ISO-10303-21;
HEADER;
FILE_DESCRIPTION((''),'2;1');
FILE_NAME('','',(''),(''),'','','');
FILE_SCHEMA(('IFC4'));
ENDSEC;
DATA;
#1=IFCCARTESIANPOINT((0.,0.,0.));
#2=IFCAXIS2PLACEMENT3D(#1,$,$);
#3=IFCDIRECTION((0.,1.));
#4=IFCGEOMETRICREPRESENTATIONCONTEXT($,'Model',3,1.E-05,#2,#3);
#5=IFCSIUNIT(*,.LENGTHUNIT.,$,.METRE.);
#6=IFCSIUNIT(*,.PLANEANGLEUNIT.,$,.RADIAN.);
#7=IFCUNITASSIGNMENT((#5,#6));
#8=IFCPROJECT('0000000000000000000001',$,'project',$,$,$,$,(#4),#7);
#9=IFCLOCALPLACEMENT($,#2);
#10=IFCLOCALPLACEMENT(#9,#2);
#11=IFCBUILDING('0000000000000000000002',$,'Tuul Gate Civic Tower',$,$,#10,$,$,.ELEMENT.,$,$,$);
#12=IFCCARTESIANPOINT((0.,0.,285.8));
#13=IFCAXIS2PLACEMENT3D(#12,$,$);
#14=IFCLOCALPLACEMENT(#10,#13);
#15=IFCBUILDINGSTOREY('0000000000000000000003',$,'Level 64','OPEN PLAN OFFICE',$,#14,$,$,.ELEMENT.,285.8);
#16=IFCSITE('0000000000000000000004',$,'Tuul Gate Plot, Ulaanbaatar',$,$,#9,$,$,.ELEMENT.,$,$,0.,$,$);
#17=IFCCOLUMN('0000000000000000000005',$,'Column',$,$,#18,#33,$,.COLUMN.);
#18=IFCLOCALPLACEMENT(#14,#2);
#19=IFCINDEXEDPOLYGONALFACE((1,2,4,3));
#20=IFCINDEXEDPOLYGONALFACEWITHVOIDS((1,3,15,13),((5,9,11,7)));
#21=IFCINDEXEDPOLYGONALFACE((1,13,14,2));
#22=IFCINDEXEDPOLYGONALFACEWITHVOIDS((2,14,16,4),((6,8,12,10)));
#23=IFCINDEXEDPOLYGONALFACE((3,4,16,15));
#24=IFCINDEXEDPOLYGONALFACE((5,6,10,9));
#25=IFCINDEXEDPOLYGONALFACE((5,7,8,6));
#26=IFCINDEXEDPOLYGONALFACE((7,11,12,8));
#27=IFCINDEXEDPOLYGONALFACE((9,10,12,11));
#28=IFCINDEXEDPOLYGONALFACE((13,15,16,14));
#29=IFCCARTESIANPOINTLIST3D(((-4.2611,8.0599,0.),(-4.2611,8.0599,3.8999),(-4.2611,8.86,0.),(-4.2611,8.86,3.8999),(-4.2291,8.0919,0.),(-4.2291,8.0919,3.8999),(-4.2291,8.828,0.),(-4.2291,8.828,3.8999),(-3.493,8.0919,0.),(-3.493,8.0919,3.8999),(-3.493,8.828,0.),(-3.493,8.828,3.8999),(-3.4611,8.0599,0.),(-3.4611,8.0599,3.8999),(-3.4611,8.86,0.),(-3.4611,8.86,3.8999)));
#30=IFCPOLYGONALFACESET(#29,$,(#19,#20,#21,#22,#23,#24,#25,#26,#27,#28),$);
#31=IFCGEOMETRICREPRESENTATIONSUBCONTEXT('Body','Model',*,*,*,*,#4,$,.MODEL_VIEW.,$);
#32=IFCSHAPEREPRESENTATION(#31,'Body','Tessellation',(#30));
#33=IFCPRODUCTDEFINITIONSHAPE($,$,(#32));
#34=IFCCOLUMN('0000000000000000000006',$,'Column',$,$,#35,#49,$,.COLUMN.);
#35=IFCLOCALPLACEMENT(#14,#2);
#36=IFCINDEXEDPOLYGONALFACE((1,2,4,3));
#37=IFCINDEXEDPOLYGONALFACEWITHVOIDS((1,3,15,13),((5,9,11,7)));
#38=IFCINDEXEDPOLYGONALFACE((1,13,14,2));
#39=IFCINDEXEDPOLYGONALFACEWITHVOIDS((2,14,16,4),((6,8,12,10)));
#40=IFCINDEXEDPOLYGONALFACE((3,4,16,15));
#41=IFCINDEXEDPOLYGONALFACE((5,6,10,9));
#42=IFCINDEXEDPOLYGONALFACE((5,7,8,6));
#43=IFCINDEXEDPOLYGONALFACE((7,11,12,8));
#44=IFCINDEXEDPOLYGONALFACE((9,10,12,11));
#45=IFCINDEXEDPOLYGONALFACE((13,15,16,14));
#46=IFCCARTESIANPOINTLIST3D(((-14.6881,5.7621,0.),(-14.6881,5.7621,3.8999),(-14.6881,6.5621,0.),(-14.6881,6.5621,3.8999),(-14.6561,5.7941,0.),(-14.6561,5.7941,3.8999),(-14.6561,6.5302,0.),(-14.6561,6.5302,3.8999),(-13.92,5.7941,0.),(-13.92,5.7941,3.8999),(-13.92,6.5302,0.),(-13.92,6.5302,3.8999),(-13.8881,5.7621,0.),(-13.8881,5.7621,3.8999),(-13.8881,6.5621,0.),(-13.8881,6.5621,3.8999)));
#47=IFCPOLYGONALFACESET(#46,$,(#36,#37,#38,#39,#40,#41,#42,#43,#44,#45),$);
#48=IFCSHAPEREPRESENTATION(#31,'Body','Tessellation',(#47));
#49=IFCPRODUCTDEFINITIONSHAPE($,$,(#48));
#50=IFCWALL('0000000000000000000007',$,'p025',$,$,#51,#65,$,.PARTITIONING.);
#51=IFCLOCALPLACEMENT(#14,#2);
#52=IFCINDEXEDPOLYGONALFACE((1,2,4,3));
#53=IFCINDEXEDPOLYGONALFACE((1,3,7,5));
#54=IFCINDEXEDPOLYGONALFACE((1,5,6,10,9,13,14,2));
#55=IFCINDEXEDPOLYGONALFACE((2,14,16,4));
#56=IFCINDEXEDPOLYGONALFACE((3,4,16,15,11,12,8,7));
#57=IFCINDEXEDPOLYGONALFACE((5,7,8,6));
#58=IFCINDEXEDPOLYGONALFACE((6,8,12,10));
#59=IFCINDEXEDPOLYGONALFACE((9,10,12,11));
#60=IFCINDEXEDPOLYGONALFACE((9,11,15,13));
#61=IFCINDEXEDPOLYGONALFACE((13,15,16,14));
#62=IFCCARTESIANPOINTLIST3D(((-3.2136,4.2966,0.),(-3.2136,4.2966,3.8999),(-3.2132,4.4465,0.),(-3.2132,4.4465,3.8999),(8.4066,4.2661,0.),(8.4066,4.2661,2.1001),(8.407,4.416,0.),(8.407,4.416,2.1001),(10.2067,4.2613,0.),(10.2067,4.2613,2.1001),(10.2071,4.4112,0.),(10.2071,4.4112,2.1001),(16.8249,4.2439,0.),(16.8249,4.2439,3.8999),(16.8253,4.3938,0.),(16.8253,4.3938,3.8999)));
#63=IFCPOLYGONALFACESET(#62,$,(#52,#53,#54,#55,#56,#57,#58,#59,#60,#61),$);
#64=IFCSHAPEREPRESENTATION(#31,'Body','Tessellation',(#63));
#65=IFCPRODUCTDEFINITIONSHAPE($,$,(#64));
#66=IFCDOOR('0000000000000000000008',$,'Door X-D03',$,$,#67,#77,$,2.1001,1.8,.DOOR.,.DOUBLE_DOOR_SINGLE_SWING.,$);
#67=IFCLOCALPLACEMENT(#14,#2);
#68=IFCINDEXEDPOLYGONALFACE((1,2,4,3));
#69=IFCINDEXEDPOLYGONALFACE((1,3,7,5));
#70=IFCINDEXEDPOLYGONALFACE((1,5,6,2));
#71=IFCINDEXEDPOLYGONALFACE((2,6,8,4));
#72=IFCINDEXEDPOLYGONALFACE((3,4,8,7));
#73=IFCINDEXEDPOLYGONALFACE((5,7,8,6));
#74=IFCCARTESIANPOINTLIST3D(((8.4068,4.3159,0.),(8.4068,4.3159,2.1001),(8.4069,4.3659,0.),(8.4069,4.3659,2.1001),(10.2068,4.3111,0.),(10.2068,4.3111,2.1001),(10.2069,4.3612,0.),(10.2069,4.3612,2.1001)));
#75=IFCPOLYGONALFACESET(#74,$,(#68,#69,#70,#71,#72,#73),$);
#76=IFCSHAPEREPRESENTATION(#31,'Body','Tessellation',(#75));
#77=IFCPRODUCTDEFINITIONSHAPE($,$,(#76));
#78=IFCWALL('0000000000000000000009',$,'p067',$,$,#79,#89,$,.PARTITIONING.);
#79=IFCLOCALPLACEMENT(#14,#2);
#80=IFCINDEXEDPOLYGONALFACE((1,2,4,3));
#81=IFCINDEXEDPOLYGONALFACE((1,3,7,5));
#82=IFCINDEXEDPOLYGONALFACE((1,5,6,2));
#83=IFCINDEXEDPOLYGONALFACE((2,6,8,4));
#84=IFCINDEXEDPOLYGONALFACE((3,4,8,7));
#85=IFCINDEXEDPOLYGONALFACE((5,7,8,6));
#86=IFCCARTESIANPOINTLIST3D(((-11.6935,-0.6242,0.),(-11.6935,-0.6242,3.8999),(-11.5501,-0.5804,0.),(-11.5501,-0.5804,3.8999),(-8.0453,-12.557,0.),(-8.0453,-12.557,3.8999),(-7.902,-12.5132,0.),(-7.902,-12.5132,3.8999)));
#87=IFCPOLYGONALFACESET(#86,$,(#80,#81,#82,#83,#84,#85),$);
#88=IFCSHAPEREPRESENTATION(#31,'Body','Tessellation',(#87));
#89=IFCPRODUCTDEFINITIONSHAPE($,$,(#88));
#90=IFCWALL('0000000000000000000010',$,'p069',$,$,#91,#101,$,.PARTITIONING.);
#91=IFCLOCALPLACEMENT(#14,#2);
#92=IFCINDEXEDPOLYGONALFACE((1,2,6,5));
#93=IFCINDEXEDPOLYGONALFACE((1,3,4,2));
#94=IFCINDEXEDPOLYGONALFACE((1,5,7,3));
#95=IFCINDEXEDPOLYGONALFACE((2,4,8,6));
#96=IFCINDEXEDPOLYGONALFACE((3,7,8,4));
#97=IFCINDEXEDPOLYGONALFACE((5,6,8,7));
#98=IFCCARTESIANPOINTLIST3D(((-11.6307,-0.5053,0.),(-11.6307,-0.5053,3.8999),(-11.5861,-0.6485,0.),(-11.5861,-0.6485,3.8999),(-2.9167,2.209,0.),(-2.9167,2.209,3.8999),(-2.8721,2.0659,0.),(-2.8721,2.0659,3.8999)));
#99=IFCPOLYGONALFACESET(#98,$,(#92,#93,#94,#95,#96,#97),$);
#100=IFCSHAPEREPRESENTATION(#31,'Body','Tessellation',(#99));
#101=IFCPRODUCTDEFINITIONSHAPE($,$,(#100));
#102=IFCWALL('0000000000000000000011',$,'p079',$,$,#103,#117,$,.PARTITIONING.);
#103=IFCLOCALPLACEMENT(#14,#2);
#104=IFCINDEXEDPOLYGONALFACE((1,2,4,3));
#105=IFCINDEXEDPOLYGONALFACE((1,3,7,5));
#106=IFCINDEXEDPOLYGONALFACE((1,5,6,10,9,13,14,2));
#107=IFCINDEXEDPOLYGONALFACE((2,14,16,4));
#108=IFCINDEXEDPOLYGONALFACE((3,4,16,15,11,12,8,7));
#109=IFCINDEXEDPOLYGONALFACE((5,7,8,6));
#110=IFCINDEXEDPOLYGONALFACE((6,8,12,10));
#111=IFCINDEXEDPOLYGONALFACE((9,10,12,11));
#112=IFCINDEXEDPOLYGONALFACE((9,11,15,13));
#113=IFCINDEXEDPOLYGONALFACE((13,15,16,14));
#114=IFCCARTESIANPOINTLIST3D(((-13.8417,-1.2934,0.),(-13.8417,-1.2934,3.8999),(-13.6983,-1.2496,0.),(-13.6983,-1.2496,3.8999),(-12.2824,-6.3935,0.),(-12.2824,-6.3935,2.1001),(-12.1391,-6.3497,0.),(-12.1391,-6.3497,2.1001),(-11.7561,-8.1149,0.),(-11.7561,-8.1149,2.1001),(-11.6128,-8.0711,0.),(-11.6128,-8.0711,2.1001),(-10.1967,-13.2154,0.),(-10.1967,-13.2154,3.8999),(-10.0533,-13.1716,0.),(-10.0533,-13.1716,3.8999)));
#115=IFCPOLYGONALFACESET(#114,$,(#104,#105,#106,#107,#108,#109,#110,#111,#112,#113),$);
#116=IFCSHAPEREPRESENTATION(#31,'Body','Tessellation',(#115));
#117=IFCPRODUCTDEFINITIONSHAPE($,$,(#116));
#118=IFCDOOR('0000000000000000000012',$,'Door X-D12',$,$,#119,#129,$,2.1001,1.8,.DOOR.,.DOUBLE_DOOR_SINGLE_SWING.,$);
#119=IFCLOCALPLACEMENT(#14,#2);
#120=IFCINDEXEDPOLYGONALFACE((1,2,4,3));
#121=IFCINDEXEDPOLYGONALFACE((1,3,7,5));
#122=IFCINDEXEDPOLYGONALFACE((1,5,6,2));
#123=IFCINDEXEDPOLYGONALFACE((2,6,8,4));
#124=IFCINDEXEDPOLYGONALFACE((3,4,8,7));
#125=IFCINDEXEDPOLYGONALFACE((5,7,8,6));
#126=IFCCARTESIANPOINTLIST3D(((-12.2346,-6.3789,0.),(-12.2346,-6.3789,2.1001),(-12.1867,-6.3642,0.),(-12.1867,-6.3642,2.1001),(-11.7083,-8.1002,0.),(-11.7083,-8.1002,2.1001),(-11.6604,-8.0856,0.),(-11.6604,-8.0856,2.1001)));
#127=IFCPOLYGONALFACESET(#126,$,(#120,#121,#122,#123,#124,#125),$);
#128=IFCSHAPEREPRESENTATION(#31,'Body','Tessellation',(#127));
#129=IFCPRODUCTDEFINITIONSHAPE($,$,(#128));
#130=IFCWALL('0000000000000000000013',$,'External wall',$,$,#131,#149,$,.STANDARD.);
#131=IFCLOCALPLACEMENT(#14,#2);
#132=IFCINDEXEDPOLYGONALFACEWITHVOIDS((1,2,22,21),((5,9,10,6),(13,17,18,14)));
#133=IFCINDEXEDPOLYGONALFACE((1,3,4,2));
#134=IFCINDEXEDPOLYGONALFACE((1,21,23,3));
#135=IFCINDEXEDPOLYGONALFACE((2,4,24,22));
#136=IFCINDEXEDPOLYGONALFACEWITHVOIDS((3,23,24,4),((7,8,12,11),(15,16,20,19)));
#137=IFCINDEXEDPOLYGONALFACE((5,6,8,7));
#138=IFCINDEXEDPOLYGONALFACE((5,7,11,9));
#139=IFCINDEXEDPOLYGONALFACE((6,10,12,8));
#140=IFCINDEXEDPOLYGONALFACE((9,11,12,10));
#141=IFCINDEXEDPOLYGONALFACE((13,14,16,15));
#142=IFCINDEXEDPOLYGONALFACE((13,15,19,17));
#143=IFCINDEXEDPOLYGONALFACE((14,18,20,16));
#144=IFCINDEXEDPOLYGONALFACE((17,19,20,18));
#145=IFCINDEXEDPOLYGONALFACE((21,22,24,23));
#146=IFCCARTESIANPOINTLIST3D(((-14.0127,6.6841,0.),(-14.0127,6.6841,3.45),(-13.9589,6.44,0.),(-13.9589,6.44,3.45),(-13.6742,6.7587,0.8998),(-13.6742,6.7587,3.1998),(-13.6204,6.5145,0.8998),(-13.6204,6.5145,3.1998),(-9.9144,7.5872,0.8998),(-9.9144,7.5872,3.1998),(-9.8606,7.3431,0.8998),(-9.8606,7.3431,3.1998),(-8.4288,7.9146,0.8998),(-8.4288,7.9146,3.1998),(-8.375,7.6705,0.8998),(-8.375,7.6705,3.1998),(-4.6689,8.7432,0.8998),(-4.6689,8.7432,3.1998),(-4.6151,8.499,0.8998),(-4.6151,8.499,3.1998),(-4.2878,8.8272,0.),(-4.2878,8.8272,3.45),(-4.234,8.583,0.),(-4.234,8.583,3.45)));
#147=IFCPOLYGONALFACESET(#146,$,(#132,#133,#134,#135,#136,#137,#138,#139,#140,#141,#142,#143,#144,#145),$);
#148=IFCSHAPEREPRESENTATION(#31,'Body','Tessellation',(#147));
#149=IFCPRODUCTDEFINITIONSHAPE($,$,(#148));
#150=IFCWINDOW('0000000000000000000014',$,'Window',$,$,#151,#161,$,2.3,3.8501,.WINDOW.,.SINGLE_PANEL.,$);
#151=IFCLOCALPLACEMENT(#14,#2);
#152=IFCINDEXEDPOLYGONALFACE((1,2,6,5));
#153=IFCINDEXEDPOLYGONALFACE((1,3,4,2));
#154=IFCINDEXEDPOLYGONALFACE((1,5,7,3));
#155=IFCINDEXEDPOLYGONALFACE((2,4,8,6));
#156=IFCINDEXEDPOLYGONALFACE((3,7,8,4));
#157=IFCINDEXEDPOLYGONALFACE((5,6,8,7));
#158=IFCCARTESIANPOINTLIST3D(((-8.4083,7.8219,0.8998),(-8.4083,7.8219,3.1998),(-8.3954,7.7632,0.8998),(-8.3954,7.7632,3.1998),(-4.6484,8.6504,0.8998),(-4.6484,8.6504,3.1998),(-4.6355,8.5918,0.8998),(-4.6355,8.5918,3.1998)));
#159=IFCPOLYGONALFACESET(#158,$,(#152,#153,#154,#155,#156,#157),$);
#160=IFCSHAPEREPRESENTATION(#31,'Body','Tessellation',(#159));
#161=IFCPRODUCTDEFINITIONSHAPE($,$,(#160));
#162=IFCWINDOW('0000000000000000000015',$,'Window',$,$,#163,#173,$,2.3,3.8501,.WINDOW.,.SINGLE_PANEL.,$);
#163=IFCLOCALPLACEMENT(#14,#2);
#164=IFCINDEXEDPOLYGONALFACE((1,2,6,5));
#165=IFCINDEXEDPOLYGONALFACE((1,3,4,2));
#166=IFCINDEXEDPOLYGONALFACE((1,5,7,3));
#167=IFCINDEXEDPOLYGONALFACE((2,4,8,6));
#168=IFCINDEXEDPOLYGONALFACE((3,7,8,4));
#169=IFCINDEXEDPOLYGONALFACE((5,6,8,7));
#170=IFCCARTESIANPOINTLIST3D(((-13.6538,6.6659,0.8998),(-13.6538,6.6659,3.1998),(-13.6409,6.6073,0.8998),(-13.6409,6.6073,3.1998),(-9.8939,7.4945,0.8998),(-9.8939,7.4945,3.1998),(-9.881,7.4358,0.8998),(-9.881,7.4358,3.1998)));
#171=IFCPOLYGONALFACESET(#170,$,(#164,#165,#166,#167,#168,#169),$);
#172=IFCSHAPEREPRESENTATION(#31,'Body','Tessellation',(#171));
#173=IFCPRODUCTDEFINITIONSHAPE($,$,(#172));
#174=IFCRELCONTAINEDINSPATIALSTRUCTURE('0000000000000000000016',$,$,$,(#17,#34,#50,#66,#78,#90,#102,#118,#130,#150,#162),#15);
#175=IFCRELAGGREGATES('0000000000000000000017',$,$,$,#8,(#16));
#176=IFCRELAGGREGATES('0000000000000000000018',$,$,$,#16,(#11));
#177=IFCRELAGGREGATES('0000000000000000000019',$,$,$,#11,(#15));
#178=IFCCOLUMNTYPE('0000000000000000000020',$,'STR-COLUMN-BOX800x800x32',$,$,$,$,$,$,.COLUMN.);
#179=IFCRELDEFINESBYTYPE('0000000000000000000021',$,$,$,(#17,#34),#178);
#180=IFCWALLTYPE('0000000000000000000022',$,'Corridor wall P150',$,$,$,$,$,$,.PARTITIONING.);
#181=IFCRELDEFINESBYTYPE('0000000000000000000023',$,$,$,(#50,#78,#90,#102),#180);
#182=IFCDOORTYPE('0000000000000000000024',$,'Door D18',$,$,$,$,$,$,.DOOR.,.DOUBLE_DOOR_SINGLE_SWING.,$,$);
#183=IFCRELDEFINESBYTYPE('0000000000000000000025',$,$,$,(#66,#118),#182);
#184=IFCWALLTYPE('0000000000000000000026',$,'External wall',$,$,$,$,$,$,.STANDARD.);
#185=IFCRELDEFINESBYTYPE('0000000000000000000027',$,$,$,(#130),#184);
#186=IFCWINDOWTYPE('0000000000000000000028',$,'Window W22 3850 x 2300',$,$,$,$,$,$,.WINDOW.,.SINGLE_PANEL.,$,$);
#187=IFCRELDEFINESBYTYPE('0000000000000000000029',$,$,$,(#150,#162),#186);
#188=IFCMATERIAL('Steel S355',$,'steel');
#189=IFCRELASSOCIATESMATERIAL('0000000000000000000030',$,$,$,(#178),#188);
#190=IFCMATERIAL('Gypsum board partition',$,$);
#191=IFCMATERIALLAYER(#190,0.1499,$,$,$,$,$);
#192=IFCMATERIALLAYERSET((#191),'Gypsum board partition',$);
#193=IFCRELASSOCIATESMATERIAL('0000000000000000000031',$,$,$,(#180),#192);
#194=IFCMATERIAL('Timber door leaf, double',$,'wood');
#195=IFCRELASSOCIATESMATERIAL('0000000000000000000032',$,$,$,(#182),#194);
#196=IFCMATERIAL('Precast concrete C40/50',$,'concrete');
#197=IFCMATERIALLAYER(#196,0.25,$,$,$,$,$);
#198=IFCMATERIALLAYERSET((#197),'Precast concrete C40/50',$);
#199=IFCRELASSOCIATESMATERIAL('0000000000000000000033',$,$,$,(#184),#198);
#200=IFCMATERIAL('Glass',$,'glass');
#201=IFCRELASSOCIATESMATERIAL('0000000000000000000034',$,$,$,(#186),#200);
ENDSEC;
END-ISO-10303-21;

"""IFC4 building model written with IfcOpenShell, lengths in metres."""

from ifc_helpers import new_model, si_unit, direction, frame, frame_2d, origin, origin_2d, place, context, subcontext, project, spatial, rectangle, hollow_rectangle, extrude, material, layer, layer_set, material_profile, profile_set, type_object, element, fill, save


model = new_model("IFC4")

# Units and contexts
model_context = context("Model", 3, precision=1e-05, world=origin(), true_north=direction((0.0, 1.0)))
body_context = subcontext(model_context, "Body", "Model", "MODEL_VIEW")
ifc_project = project(units=[si_unit("LENGTHUNIT", "METRE"), si_unit("PLANEANGLEUNIT", "RADIAN")], contexts=[model_context])

# Site, building, storey
site_placement = place(None, origin())
site = spatial("IfcSite", under=ifc_project, at=site_placement, Name="Tuul Gate Plot, Ulaanbaatar", CompositionType="ELEMENT", RefElevation=0.0)
building_placement = place(site_placement, origin())
building = spatial("IfcBuilding", under=site, at=building_placement, Name="Tuul Gate Civic Tower", CompositionType="ELEMENT")
storey_placement = place(building_placement, frame((0.0, 0.0, 285.8)))
storey = spatial("IfcBuildingStorey", under=building, at=storey_placement, Name="Level 64", Description="OPEN PLAN OFFICE", CompositionType="ELEMENT", Elevation=285.8)

# Columns
ifc_material_1 = material(Name="Steel S355", Category="steel")
ifc_material_profile_1 = material_profile(ifc_material_1, hollow_rectangle(XDim=0.8, YDim=0.8, WallThickness=0.032, at=origin_2d()), Name="BOX800x800x32")
ifc_profile_set_1 = profile_set([ifc_material_profile_1], Name="Steel S355")
column_type = type_object("IfcColumnType", Name="STR-COLUMN-BOX800x800x32", PredefinedType="COLUMN", material=ifc_profile_set_1)
for number, where, z_axis, x_axis, name in (
    (1, (-3.8611, 8.46, 0.0), (0.0, 0.0, 1.0), (1.0, 0.0, 0.0), "Column"),
    (2, (-14.2881, 6.1621, 0.0), (0.0, 0.0, 1.0), (1.0, 0.0, 0.0), "Column"),
):
    element("IfcColumn", number, at=place(storey_placement, frame(where, z_axis=z_axis, x_axis=x_axis)), inside=storey, type_object=column_type, Name=name, PredefinedType="COLUMN", context=body_context, shape_type="SweptSolid", body=[
        extrude(hollow_rectangle(XDim=0.8, YDim=0.8, WallThickness=0.032, at=origin_2d()), origin(), (0.0, 0.0, 1.0), 3.8999),
    ])

# Wall, opening, door
ifc_material_2 = material(Name="Gypsum board partition")
ifc_layer_1 = layer(ifc_material_2, 0.1499)
ifc_layer_set_1 = layer_set([ifc_layer_1], Name="Gypsum board partition")
wall_type_1 = type_object("IfcWallType", Name="Corridor wall P150", PredefinedType="PARTITIONING", material=ifc_layer_set_1)
wall_1_placement = place(storey_placement, frame((-3.2134, 4.3716, 0.0), z_axis=(0.0, 0.0, 1.0), x_axis=(0.999997, -0.002632, 0.0)))
wall_1 = element("IfcWall", 3, at=wall_1_placement, inside=storey, type_object=wall_type_1, Name="p025", PredefinedType="PARTITIONING", context=body_context, shape_type="SweptSolid", body=[
    extrude(rectangle(XDim=20.0386, YDim=0.1499, at=frame_2d((10.0193, 0.0))), origin(), (0.0, 0.0, 1.0), 3.8999),
])
opening_1_placement = place(wall_1_placement, frame((11.6204, 0.0, 0.0)))
opening_1 = element("IfcOpeningElement", 4, at=opening_1_placement, cuts=wall_1, PredefinedType="OPENING", context=body_context, shape_type="SweptSolid", body=[
    extrude(rectangle(XDim=1.8, YDim=2.1001, at=frame_2d((0.8999, 1.05))), frame((0.0, 0.085, 0.0), z_axis=(0.0, -1.0, 0.0), x_axis=(1.0, 0.0, 0.0)), (0.0, 0.0, 1.0), 0.1699),
])
ifc_material_3 = material(Name="Timber door leaf, double", Category="wood")
door_type = type_object("IfcDoorType", Name="Door D18", OperationType="DOUBLE_DOOR_SINGLE_SWING", PredefinedType="DOOR", material=ifc_material_3)
door_1_placement = place(opening_1_placement, origin())
door_1 = element("IfcDoor", 5, at=door_1_placement, inside=storey, type_object=door_type, Name="Door X-D03", OperationType="DOUBLE_DOOR_SINGLE_SWING", OverallHeight=2.1001, OverallWidth=1.8, PredefinedType="DOOR", context=body_context, shape_type="SweptSolid", body=[
    extrude(rectangle(XDim=1.8, YDim=2.1001, at=frame_2d((0.8999, 1.05))), frame((0.0, 0.0249, 0.0), z_axis=(0.0, -1.0, 0.0), x_axis=(1.0, 0.0, 0.0)), (0.0, 0.0, 1.0), 0.05),
])
fill(opening_1, door_1)

# Walls
wall_2_placement = place(storey_placement, frame((-11.6218, -0.6023, 0.0), z_axis=(0.0, 0.0, 1.0), x_axis=(0.292368, -0.956306, 0.0)))
element("IfcWall", 6, at=wall_2_placement, inside=storey, type_object=wall_type_1, Name="p067", PredefinedType="PARTITIONING", context=body_context, shape_type="SweptSolid", body=[
    extrude(rectangle(XDim=12.478, YDim=0.1499, at=frame_2d((6.239, 0.0))), origin(), (0.0, 0.0, 1.0), 3.8999),
])
wall_3_placement = place(storey_placement, frame((-11.6084, -0.5769, 0.0), z_axis=(0.0, 0.0, 1.0), x_axis=(0.954752, 0.297404, 0.0)))
element("IfcWall", 7, at=wall_3_placement, inside=storey, type_object=wall_type_1, Name="p069", PredefinedType="PARTITIONING", context=body_context, shape_type="SweptSolid", body=[
    extrude(rectangle(XDim=9.127, YDim=0.1499, at=frame_2d((4.5635, 0.0))), origin(), (0.0, 0.0, 1.0), 3.8999),
])

# Wall, opening, door
wall_4_placement = place(storey_placement, frame((-13.77, -1.2715, 0.0), z_axis=(0.0, 0.0, 1.0), x_axis=(0.292376, -0.956303, 0.0)))
wall_4 = element("IfcWall", 8, at=wall_4_placement, inside=storey, type_object=wall_type_1, Name="p079", PredefinedType="PARTITIONING", context=body_context, shape_type="SweptSolid", body=[
    extrude(rectangle(XDim=12.4668, YDim=0.1499, at=frame_2d((6.2334, 0.0))), origin(), (0.0, 0.0, 1.0), 3.8999),
])
opening_2_placement = place(wall_4_placement, frame((5.3333, 0.0, 0.0)))
opening_2 = element("IfcOpeningElement", 9, at=opening_2_placement, cuts=wall_4, PredefinedType="OPENING", context=body_context, shape_type="SweptSolid", body=[
    extrude(rectangle(XDim=1.8, YDim=2.1001, at=frame_2d((0.8999, 1.05))), frame((0.0, 0.085, 0.0), z_axis=(0.0, -1.0, 0.0), x_axis=(1.0, 0.0, 0.0)), (0.0, 0.0, 1.0), 0.1699),
])
door_2_placement = place(opening_2_placement, frame((1.8, 0.0, 0.0), z_axis=(0.0, 0.0, 1.0), x_axis=(-1.0, 0.0, 0.0)))
door_2 = element("IfcDoor", 10, at=door_2_placement, inside=storey, type_object=door_type, Name="Door X-D12", OperationType="DOUBLE_DOOR_SINGLE_SWING", OverallHeight=2.1001, OverallWidth=1.8, PredefinedType="DOOR", context=body_context, shape_type="SweptSolid", body=[
    extrude(rectangle(XDim=1.8, YDim=2.1001, at=frame_2d((0.9001, 1.05))), frame((0.0, 0.0249, 0.0), z_axis=(0.0, -1.0, 0.0), x_axis=(1.0, 0.0, 0.0)), (0.0, 0.0, 1.0), 0.05),
])
fill(opening_2, door_2)

# Wall, openings, windows
ifc_material_4 = material(Name="Precast concrete C40/50", Category="concrete")
ifc_layer_2 = layer(ifc_material_4, 0.25)
ifc_layer_set_2 = layer_set([ifc_layer_2], Name="Precast concrete C40/50")
wall_type_2 = type_object("IfcWallType", Name="External wall", PredefinedType="STANDARD", material=ifc_layer_set_2)
wall_5_placement = place(storey_placement, frame((-4.261, 8.7051, 0.0), z_axis=(0.0, 0.0, 1.0), x_axis=(-0.976569, -0.215206, 0.0)))
wall_5 = element("IfcWall", 11, at=wall_5_placement, inside=storey, type_object=wall_type_2, Name="External wall", PredefinedType="STANDARD", context=body_context, shape_type="SweptSolid", body=[
    extrude(rectangle(XDim=9.9583, YDim=0.25, at=frame_2d((4.979, 0.0))), origin(), (0.0, 0.0, 1.0), 3.45),
])
opening_3_placement = place(wall_5_placement, frame((0.3901, 0.0, 0.8999)))
opening_3 = element("IfcOpeningElement", 12, at=opening_3_placement, cuts=wall_5, PredefinedType="OPENING", context=body_context, shape_type="SweptSolid", body=[
    extrude(rectangle(XDim=3.8501, YDim=2.3, at=frame_2d((1.925, 1.1499))), frame((0.0, 0.135, 0.0), z_axis=(0.0, -1.0, 0.0), x_axis=(1.0, 0.0, 0.0)), (0.0, 0.0, 1.0), 0.27),
])
opening_4_placement = place(wall_5_placement, frame((5.7615, 0.0, 0.8999)))
opening_4 = element("IfcOpeningElement", 13, at=opening_4_placement, cuts=wall_5, PredefinedType="OPENING", context=body_context, shape_type="SweptSolid", body=[
    extrude(rectangle(XDim=3.8501, YDim=2.3, at=frame_2d((1.925, 1.1499))), frame((0.0, 0.135, 0.0), z_axis=(0.0, -1.0, 0.0), x_axis=(1.0, 0.0, 0.0)), (0.0, 0.0, 1.0), 0.27),
])
ifc_material_5 = material(Name="Glass", Category="glass")
window_type = type_object("IfcWindowType", Name="Window W22 3850 x 2300", PartitioningType="SINGLE_PANEL", PredefinedType="WINDOW", material=ifc_material_5)
window_1_placement = place(opening_3_placement, origin())
window_1 = element("IfcWindow", 14, at=window_1_placement, inside=storey, type_object=window_type, Name="Window", OverallHeight=2.3, OverallWidth=3.8501, PartitioningType="SINGLE_PANEL", PredefinedType="WINDOW", context=body_context, shape_type="SweptSolid", body=[
    extrude(rectangle(XDim=3.8501, YDim=2.3, at=frame_2d((1.925, 1.1499))), frame((0.0, 0.03, 0.0), z_axis=(0.0, -1.0, 0.0), x_axis=(1.0, 0.0, 0.0)), (0.0, 0.0, 1.0), 0.0601),
])
fill(opening_3, window_1)
window_2_placement = place(opening_4_placement, origin())
window_2 = element("IfcWindow", 15, at=window_2_placement, inside=storey, type_object=window_type, Name="Window", OverallHeight=2.3, OverallWidth=3.8501, PartitioningType="SINGLE_PANEL", PredefinedType="WINDOW", context=body_context, shape_type="SweptSolid", body=[
    extrude(rectangle(XDim=3.8501, YDim=2.3, at=frame_2d((1.925, 1.1499))), frame((0.0, 0.03, 0.0), z_axis=(0.0, -1.0, 0.0), x_axis=(1.0, 0.0, 0.0)), (0.0, 0.0, 1.0), 0.0601),
])
fill(opening_4, window_2)

save(model, "model.ifc")
